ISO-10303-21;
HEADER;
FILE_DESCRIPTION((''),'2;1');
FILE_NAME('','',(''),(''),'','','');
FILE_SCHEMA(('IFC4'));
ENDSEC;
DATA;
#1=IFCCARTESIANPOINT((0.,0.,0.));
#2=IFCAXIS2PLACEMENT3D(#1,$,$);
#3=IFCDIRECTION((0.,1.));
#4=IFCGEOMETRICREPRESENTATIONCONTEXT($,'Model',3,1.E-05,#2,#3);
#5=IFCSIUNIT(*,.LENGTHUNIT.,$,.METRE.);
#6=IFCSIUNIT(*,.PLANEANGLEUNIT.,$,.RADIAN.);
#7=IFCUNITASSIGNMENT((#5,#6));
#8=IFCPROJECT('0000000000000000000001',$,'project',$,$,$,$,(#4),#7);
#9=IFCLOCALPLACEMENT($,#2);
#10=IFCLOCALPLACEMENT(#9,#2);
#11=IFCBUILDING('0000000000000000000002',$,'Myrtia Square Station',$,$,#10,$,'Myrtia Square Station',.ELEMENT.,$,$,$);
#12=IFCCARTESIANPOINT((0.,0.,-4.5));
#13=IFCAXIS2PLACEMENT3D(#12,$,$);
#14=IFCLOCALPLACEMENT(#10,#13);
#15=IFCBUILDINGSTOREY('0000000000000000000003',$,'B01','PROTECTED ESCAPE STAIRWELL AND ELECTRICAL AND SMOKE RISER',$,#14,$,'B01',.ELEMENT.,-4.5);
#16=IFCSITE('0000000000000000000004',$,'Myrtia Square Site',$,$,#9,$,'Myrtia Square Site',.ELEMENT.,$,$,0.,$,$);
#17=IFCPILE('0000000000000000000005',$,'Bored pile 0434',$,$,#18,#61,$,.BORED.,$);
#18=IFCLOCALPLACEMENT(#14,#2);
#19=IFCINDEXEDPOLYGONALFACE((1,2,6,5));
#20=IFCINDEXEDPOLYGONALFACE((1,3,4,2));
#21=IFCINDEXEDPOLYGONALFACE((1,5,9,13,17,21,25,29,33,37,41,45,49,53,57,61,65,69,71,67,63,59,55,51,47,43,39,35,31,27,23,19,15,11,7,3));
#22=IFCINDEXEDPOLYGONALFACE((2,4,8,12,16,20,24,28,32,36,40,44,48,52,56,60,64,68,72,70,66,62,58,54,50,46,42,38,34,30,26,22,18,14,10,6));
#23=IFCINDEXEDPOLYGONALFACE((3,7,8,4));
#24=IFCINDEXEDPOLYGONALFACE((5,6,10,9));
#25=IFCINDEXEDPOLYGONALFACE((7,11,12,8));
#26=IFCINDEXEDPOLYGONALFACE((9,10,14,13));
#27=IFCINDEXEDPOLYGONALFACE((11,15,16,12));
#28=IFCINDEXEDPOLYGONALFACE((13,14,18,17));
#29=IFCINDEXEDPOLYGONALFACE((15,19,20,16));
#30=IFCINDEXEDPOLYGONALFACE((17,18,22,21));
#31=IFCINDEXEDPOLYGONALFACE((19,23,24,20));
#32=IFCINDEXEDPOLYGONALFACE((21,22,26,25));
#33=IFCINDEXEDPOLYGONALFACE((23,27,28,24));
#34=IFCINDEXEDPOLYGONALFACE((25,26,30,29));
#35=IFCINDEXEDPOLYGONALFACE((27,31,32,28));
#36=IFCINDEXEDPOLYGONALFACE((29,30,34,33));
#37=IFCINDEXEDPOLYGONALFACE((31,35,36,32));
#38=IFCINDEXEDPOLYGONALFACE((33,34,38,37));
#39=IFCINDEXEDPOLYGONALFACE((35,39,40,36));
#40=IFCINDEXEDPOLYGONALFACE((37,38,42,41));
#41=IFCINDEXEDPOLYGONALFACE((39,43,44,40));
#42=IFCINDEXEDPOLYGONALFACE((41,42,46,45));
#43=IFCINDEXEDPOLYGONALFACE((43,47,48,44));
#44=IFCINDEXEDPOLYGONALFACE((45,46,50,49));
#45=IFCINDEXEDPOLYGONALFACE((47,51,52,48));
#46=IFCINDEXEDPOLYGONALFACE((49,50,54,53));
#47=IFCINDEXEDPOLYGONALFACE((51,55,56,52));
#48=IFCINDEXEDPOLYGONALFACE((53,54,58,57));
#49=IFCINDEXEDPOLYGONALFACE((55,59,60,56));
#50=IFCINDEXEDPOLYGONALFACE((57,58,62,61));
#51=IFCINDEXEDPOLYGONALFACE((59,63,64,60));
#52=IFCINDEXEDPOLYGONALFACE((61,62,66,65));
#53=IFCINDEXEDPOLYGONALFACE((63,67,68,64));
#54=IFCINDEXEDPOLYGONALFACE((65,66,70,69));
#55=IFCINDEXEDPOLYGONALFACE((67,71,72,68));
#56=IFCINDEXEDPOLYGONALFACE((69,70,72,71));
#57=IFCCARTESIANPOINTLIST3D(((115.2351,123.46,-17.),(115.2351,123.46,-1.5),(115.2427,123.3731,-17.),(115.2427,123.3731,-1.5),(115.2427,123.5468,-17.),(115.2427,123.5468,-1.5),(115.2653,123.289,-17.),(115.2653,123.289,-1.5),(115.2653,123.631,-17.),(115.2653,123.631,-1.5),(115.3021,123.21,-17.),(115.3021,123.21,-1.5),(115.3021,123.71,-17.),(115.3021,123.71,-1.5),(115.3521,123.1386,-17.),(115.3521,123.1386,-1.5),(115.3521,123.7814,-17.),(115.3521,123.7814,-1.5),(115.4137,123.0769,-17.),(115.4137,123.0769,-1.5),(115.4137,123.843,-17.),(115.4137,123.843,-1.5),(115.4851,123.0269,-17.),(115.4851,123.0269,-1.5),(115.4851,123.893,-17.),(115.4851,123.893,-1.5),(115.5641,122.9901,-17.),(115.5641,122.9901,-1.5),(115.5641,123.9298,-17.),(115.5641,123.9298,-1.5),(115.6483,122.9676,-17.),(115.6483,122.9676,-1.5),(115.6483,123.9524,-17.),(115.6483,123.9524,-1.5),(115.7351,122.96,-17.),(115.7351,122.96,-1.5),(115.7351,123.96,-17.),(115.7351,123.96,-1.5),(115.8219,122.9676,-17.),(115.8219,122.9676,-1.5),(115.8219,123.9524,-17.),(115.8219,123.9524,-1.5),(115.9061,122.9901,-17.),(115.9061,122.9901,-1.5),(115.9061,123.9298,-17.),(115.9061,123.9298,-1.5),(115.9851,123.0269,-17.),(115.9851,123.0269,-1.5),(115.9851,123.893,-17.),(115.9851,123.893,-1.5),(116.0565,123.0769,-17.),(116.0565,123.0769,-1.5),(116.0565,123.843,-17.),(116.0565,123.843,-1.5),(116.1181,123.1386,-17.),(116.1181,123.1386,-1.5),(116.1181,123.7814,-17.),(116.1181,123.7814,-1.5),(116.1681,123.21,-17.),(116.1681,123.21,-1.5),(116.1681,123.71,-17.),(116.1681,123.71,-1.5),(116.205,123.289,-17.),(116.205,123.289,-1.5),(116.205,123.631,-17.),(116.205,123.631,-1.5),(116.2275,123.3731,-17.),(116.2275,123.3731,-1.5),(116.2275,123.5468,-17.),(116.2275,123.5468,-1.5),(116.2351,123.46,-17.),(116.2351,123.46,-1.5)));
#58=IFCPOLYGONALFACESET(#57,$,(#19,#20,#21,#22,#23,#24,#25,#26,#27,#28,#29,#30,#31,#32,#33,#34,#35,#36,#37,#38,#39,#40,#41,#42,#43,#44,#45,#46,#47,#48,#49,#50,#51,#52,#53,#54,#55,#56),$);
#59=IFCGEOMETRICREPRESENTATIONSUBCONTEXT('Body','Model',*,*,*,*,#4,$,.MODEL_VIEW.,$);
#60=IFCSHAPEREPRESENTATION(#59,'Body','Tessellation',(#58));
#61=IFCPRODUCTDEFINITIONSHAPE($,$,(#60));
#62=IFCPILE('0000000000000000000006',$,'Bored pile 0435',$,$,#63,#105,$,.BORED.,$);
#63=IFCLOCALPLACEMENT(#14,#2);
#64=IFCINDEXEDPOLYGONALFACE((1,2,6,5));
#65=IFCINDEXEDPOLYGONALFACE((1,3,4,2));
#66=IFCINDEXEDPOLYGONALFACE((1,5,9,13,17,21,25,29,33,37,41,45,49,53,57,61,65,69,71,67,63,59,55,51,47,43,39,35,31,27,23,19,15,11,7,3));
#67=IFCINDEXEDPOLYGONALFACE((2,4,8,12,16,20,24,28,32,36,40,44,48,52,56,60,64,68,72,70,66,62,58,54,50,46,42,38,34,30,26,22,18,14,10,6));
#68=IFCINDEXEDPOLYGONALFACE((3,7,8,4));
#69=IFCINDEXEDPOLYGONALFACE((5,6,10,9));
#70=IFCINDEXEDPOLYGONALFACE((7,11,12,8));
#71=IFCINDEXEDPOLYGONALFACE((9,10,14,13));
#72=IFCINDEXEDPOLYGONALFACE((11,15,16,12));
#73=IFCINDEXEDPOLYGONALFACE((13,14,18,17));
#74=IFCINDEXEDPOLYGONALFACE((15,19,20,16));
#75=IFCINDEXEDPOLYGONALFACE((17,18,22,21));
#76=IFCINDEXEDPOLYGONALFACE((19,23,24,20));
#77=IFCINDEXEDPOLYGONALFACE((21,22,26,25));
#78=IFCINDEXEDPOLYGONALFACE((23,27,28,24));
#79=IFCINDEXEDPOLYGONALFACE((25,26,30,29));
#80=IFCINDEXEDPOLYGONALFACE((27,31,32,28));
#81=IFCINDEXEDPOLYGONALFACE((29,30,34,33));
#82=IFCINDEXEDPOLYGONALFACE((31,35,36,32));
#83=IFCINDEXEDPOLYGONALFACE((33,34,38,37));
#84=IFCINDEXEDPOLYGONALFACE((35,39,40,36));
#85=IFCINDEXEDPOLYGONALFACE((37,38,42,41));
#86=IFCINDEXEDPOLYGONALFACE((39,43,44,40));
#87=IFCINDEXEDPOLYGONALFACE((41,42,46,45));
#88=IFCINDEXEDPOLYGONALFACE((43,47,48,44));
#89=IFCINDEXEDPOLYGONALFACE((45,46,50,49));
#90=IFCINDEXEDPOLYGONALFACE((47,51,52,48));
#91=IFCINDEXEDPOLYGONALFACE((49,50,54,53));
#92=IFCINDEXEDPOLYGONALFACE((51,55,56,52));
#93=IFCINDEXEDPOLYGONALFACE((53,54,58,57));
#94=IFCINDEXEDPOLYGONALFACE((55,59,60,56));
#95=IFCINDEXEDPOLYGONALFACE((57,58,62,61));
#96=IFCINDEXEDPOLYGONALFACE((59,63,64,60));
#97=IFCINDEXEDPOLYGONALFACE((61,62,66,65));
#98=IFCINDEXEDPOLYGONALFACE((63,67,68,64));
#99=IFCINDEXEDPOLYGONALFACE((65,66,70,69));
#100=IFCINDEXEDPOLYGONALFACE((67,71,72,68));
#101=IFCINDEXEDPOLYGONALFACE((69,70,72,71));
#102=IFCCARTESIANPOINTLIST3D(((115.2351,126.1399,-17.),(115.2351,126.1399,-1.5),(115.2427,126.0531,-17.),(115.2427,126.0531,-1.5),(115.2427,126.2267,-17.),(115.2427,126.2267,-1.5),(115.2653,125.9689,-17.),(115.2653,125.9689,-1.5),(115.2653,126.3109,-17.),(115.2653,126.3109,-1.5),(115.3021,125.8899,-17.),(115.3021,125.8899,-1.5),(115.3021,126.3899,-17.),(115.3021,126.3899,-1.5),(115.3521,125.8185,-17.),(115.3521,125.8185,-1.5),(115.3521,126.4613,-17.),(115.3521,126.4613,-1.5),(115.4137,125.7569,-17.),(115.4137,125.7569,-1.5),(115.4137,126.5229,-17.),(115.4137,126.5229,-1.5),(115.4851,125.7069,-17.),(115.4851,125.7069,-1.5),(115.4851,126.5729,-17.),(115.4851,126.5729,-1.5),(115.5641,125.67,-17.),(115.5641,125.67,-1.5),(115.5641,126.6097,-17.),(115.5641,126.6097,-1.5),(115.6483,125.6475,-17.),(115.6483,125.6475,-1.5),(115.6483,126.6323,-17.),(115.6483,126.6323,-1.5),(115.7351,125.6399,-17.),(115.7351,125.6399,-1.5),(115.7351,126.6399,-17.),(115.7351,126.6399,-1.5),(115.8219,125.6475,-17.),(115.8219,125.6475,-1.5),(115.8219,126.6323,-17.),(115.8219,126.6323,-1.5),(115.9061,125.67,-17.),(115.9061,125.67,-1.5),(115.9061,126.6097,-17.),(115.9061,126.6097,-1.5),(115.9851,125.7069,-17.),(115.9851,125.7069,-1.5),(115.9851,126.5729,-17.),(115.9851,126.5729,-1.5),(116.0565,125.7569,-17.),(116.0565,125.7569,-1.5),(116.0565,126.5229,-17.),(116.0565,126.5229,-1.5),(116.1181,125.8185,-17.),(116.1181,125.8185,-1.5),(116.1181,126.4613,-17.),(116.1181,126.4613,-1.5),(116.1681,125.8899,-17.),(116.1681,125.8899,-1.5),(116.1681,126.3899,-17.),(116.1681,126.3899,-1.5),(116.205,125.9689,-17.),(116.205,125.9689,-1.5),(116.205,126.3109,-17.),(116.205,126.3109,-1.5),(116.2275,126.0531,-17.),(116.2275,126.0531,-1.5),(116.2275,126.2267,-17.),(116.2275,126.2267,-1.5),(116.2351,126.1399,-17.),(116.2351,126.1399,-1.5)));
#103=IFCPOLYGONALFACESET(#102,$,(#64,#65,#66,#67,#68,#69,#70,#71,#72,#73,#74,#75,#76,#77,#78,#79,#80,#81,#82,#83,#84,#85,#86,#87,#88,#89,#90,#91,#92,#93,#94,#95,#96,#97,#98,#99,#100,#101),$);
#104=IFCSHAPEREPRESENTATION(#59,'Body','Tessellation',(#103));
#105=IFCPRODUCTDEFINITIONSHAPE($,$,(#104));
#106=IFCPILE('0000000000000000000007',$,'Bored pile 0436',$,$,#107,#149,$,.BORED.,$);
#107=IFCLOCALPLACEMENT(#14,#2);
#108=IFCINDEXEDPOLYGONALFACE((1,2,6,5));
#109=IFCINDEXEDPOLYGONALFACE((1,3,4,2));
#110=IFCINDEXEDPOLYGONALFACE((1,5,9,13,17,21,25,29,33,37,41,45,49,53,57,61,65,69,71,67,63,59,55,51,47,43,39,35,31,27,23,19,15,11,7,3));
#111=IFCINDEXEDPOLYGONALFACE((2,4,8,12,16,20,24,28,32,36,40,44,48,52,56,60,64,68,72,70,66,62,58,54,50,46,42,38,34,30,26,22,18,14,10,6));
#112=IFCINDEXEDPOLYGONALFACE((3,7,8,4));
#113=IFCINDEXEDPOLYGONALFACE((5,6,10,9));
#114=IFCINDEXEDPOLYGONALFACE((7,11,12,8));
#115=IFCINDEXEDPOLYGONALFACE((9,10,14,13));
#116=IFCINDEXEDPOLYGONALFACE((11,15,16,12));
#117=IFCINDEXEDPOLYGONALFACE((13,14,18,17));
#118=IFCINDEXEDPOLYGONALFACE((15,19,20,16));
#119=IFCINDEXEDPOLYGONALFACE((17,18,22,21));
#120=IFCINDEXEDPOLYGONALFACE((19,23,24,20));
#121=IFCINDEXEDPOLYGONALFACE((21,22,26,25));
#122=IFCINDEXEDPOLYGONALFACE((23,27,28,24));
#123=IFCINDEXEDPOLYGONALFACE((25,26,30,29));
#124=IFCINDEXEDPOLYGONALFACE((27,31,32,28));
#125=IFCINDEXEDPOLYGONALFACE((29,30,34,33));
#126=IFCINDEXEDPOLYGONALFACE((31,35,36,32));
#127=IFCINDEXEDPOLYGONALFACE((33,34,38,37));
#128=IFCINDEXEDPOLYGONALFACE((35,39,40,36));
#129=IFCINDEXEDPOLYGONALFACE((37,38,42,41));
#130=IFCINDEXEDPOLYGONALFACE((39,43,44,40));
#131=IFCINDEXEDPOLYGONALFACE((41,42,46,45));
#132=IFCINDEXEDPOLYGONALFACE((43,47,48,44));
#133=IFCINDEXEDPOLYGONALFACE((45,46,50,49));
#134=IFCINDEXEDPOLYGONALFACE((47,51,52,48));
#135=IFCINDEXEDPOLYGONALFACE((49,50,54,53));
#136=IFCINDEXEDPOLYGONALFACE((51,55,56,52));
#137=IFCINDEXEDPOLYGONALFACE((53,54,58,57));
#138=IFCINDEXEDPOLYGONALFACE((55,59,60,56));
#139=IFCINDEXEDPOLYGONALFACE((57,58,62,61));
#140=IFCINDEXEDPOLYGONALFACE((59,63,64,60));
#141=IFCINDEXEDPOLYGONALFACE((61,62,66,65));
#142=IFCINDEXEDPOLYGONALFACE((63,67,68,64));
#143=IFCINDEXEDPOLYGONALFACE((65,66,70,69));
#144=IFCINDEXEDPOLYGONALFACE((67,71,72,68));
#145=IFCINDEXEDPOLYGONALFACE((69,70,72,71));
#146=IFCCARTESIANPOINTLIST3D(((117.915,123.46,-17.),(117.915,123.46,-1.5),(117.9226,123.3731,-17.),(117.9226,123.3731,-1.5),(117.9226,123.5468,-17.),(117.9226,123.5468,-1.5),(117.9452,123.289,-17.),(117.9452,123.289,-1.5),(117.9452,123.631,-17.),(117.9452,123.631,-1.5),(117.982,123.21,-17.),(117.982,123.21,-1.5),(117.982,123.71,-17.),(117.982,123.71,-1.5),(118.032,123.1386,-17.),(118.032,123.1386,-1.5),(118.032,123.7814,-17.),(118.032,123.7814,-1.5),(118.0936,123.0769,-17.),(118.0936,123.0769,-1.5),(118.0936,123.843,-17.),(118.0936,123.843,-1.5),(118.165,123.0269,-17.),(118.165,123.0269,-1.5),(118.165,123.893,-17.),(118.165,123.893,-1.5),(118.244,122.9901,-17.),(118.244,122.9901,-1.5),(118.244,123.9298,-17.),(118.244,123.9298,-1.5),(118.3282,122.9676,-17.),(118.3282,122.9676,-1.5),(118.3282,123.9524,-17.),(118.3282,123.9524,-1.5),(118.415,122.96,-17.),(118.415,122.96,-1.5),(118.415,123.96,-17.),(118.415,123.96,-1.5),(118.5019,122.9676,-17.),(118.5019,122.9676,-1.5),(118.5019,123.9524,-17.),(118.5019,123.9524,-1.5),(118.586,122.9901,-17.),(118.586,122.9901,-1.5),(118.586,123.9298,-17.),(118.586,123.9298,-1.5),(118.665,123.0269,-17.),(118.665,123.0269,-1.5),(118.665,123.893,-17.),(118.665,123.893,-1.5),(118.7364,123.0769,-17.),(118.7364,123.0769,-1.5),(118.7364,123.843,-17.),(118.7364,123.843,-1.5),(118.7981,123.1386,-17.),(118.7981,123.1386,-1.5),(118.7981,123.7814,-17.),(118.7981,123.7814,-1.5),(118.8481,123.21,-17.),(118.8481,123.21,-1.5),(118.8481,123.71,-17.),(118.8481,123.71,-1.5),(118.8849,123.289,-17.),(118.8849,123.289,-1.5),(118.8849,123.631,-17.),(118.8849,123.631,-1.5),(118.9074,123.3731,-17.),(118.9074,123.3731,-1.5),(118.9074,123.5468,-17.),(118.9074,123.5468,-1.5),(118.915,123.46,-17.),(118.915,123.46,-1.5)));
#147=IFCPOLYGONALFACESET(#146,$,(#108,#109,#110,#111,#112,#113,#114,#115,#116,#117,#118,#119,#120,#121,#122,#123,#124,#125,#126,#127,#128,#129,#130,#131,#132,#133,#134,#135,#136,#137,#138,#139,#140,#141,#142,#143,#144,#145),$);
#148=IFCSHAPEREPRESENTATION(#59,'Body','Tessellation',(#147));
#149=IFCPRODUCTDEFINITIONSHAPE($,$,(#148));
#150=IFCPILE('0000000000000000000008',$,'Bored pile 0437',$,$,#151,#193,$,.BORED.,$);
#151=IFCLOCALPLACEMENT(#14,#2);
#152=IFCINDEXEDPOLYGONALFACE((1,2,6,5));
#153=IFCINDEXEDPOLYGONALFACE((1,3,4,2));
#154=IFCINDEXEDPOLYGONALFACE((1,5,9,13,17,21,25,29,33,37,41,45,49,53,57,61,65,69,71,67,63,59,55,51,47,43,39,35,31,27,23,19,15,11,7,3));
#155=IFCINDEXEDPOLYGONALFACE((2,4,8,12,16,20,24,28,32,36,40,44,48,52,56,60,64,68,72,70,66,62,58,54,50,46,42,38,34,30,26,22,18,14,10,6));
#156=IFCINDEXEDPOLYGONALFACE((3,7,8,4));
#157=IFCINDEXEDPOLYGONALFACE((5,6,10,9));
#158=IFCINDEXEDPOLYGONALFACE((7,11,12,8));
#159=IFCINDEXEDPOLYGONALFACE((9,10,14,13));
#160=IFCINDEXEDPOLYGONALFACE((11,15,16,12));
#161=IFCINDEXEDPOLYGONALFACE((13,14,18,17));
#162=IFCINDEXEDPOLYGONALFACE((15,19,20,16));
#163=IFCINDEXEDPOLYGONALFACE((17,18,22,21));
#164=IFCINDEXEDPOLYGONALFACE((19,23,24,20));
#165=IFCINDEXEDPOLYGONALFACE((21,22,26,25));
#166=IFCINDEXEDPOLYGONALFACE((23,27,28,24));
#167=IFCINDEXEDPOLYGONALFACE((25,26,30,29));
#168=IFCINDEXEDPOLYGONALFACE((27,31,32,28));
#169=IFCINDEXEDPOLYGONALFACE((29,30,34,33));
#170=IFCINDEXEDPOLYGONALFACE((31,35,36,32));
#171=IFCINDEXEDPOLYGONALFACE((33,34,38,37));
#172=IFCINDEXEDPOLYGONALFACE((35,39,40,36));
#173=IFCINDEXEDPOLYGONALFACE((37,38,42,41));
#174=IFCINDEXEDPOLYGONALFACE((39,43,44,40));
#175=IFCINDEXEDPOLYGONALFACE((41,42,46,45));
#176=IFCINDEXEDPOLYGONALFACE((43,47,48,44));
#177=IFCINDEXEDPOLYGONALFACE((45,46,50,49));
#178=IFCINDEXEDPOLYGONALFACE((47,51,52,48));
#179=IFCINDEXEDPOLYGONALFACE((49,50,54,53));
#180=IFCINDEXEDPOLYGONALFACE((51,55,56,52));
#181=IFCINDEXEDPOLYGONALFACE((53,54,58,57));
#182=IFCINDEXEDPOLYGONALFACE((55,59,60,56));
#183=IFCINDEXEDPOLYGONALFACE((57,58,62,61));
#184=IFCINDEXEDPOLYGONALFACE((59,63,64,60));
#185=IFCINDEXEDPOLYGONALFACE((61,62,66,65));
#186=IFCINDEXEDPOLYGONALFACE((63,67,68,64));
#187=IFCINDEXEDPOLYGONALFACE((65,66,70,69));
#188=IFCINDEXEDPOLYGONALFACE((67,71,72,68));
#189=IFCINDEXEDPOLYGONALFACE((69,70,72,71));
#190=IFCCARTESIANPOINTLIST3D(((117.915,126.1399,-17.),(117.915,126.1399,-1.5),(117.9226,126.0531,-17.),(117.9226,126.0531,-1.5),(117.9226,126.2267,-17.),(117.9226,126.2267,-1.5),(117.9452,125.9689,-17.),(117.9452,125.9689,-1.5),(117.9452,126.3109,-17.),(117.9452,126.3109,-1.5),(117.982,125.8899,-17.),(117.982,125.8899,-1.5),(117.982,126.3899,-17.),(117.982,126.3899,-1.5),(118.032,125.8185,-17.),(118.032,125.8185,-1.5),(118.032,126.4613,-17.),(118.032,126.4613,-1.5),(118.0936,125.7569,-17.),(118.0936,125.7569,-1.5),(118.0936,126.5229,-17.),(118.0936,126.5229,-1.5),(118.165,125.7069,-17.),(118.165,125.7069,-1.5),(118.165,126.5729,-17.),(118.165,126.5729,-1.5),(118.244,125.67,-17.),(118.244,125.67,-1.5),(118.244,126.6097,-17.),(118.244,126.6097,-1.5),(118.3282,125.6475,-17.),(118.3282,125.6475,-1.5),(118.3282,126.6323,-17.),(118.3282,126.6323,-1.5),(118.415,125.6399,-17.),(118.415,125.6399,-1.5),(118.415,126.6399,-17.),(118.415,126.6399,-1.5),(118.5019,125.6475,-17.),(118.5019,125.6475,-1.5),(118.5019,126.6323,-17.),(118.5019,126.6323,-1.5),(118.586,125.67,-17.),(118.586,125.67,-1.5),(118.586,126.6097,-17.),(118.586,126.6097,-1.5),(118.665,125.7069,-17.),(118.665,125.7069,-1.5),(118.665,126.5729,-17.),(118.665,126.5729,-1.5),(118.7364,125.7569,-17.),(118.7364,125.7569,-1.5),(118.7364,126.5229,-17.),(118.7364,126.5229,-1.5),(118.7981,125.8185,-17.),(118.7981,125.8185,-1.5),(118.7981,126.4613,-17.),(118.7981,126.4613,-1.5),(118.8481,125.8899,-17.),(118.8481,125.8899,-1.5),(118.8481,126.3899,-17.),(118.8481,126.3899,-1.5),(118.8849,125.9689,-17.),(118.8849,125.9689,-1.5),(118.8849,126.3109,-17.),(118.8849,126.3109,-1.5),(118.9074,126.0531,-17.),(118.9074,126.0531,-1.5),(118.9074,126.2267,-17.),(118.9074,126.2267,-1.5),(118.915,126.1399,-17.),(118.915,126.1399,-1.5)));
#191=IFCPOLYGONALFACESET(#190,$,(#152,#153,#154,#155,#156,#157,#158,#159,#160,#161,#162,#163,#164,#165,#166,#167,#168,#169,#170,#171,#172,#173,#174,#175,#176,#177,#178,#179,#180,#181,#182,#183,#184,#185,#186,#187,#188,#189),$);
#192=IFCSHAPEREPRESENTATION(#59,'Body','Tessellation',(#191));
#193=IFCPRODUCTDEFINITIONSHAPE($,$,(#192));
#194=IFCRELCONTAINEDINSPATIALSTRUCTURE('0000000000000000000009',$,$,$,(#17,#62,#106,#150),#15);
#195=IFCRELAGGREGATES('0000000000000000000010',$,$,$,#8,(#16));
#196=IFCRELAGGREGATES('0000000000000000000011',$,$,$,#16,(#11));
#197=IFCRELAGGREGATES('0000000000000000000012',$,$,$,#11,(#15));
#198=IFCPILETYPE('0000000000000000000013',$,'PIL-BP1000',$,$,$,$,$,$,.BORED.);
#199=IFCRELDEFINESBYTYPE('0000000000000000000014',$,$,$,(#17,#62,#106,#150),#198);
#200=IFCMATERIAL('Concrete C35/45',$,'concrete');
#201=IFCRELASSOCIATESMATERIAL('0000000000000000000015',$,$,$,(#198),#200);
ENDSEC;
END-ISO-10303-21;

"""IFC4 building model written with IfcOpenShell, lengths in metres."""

from ifc_helpers import new_model, si_unit, direction, frame, origin, origin_2d, place, context, subcontext, project, spatial, circle, extrude, material, material_profile, profile_set, type_object, element, save


model = new_model("IFC4")

# Units and contexts
model_context = context("Model", 3, precision=1e-05, world=origin(), true_north=direction((0.0, 1.0)))
body_context = subcontext(model_context, "Body", "Model", "MODEL_VIEW")
ifc_project = project(units=[si_unit("LENGTHUNIT", "METRE"), si_unit("PLANEANGLEUNIT", "RADIAN")], contexts=[model_context])

# Site, building, storey
site_placement = place(None, origin())
site = spatial("IfcSite", under=ifc_project, at=site_placement, Name="Myrtia Square Site", LongName="Myrtia Square Site", CompositionType="ELEMENT", RefElevation=0.0)
building_placement = place(site_placement, origin())
building = spatial("IfcBuilding", under=site, at=building_placement, Name="Myrtia Square Station", LongName="Myrtia Square Station", CompositionType="ELEMENT")
storey_placement = place(building_placement, frame((0.0, 0.0, -4.5)))
storey = spatial("IfcBuildingStorey", under=building, at=storey_placement, Name="B01", Description="PROTECTED ESCAPE STAIRWELL AND ELECTRICAL AND SMOKE RISER", LongName="B01", CompositionType="ELEMENT", Elevation=-4.5)

# Shared definitions
ifc_material_1 = material(Name="Concrete C35/45", Category="concrete")

# Piles
ifc_material_profile_1 = material_profile(ifc_material_1, circle(Radius=0.5, at=origin_2d()), Name="BP D1000")
ifc_profile_set_1 = profile_set([ifc_material_profile_1], Name="Concrete C35/45")
pile_type_1 = type_object("IfcPileType", Name="PIL-BP1000", PredefinedType="BORED", material=ifc_profile_set_1)
for number, where, z_axis, x_axis, name in (
    (1, (115.7351, 123.46, -1.5), (0.0, 0.0, -1.0), (1.0, 0.0, 0.0), "Bored pile 0434"),
    (2, (115.7351, 126.1399, -1.5), (0.0, 0.0, -1.0), (1.0, 0.0, 0.0), "Bored pile 0435"),
    (3, (118.415, 123.46, -1.5), (0.0, 0.0, -1.0), (1.0, 0.0, 0.0), "Bored pile 0436"),
    (4, (118.415, 126.1399, -1.5), (0.0, 0.0, -1.0), (1.0, 0.0, 0.0), "Bored pile 0437"),
):
    element("IfcPile", number, at=place(storey_placement, frame(where, z_axis=z_axis, x_axis=x_axis)), inside=storey, type_object=pile_type_1, Name=name, PredefinedType="BORED", context=body_context, shape_type="SweptSolid", body=[
        extrude(circle(Radius=0.5, at=origin_2d()), origin(), (0.0, 0.0, 1.0), 15.5),
    ])

save(model, "model.ifc")
